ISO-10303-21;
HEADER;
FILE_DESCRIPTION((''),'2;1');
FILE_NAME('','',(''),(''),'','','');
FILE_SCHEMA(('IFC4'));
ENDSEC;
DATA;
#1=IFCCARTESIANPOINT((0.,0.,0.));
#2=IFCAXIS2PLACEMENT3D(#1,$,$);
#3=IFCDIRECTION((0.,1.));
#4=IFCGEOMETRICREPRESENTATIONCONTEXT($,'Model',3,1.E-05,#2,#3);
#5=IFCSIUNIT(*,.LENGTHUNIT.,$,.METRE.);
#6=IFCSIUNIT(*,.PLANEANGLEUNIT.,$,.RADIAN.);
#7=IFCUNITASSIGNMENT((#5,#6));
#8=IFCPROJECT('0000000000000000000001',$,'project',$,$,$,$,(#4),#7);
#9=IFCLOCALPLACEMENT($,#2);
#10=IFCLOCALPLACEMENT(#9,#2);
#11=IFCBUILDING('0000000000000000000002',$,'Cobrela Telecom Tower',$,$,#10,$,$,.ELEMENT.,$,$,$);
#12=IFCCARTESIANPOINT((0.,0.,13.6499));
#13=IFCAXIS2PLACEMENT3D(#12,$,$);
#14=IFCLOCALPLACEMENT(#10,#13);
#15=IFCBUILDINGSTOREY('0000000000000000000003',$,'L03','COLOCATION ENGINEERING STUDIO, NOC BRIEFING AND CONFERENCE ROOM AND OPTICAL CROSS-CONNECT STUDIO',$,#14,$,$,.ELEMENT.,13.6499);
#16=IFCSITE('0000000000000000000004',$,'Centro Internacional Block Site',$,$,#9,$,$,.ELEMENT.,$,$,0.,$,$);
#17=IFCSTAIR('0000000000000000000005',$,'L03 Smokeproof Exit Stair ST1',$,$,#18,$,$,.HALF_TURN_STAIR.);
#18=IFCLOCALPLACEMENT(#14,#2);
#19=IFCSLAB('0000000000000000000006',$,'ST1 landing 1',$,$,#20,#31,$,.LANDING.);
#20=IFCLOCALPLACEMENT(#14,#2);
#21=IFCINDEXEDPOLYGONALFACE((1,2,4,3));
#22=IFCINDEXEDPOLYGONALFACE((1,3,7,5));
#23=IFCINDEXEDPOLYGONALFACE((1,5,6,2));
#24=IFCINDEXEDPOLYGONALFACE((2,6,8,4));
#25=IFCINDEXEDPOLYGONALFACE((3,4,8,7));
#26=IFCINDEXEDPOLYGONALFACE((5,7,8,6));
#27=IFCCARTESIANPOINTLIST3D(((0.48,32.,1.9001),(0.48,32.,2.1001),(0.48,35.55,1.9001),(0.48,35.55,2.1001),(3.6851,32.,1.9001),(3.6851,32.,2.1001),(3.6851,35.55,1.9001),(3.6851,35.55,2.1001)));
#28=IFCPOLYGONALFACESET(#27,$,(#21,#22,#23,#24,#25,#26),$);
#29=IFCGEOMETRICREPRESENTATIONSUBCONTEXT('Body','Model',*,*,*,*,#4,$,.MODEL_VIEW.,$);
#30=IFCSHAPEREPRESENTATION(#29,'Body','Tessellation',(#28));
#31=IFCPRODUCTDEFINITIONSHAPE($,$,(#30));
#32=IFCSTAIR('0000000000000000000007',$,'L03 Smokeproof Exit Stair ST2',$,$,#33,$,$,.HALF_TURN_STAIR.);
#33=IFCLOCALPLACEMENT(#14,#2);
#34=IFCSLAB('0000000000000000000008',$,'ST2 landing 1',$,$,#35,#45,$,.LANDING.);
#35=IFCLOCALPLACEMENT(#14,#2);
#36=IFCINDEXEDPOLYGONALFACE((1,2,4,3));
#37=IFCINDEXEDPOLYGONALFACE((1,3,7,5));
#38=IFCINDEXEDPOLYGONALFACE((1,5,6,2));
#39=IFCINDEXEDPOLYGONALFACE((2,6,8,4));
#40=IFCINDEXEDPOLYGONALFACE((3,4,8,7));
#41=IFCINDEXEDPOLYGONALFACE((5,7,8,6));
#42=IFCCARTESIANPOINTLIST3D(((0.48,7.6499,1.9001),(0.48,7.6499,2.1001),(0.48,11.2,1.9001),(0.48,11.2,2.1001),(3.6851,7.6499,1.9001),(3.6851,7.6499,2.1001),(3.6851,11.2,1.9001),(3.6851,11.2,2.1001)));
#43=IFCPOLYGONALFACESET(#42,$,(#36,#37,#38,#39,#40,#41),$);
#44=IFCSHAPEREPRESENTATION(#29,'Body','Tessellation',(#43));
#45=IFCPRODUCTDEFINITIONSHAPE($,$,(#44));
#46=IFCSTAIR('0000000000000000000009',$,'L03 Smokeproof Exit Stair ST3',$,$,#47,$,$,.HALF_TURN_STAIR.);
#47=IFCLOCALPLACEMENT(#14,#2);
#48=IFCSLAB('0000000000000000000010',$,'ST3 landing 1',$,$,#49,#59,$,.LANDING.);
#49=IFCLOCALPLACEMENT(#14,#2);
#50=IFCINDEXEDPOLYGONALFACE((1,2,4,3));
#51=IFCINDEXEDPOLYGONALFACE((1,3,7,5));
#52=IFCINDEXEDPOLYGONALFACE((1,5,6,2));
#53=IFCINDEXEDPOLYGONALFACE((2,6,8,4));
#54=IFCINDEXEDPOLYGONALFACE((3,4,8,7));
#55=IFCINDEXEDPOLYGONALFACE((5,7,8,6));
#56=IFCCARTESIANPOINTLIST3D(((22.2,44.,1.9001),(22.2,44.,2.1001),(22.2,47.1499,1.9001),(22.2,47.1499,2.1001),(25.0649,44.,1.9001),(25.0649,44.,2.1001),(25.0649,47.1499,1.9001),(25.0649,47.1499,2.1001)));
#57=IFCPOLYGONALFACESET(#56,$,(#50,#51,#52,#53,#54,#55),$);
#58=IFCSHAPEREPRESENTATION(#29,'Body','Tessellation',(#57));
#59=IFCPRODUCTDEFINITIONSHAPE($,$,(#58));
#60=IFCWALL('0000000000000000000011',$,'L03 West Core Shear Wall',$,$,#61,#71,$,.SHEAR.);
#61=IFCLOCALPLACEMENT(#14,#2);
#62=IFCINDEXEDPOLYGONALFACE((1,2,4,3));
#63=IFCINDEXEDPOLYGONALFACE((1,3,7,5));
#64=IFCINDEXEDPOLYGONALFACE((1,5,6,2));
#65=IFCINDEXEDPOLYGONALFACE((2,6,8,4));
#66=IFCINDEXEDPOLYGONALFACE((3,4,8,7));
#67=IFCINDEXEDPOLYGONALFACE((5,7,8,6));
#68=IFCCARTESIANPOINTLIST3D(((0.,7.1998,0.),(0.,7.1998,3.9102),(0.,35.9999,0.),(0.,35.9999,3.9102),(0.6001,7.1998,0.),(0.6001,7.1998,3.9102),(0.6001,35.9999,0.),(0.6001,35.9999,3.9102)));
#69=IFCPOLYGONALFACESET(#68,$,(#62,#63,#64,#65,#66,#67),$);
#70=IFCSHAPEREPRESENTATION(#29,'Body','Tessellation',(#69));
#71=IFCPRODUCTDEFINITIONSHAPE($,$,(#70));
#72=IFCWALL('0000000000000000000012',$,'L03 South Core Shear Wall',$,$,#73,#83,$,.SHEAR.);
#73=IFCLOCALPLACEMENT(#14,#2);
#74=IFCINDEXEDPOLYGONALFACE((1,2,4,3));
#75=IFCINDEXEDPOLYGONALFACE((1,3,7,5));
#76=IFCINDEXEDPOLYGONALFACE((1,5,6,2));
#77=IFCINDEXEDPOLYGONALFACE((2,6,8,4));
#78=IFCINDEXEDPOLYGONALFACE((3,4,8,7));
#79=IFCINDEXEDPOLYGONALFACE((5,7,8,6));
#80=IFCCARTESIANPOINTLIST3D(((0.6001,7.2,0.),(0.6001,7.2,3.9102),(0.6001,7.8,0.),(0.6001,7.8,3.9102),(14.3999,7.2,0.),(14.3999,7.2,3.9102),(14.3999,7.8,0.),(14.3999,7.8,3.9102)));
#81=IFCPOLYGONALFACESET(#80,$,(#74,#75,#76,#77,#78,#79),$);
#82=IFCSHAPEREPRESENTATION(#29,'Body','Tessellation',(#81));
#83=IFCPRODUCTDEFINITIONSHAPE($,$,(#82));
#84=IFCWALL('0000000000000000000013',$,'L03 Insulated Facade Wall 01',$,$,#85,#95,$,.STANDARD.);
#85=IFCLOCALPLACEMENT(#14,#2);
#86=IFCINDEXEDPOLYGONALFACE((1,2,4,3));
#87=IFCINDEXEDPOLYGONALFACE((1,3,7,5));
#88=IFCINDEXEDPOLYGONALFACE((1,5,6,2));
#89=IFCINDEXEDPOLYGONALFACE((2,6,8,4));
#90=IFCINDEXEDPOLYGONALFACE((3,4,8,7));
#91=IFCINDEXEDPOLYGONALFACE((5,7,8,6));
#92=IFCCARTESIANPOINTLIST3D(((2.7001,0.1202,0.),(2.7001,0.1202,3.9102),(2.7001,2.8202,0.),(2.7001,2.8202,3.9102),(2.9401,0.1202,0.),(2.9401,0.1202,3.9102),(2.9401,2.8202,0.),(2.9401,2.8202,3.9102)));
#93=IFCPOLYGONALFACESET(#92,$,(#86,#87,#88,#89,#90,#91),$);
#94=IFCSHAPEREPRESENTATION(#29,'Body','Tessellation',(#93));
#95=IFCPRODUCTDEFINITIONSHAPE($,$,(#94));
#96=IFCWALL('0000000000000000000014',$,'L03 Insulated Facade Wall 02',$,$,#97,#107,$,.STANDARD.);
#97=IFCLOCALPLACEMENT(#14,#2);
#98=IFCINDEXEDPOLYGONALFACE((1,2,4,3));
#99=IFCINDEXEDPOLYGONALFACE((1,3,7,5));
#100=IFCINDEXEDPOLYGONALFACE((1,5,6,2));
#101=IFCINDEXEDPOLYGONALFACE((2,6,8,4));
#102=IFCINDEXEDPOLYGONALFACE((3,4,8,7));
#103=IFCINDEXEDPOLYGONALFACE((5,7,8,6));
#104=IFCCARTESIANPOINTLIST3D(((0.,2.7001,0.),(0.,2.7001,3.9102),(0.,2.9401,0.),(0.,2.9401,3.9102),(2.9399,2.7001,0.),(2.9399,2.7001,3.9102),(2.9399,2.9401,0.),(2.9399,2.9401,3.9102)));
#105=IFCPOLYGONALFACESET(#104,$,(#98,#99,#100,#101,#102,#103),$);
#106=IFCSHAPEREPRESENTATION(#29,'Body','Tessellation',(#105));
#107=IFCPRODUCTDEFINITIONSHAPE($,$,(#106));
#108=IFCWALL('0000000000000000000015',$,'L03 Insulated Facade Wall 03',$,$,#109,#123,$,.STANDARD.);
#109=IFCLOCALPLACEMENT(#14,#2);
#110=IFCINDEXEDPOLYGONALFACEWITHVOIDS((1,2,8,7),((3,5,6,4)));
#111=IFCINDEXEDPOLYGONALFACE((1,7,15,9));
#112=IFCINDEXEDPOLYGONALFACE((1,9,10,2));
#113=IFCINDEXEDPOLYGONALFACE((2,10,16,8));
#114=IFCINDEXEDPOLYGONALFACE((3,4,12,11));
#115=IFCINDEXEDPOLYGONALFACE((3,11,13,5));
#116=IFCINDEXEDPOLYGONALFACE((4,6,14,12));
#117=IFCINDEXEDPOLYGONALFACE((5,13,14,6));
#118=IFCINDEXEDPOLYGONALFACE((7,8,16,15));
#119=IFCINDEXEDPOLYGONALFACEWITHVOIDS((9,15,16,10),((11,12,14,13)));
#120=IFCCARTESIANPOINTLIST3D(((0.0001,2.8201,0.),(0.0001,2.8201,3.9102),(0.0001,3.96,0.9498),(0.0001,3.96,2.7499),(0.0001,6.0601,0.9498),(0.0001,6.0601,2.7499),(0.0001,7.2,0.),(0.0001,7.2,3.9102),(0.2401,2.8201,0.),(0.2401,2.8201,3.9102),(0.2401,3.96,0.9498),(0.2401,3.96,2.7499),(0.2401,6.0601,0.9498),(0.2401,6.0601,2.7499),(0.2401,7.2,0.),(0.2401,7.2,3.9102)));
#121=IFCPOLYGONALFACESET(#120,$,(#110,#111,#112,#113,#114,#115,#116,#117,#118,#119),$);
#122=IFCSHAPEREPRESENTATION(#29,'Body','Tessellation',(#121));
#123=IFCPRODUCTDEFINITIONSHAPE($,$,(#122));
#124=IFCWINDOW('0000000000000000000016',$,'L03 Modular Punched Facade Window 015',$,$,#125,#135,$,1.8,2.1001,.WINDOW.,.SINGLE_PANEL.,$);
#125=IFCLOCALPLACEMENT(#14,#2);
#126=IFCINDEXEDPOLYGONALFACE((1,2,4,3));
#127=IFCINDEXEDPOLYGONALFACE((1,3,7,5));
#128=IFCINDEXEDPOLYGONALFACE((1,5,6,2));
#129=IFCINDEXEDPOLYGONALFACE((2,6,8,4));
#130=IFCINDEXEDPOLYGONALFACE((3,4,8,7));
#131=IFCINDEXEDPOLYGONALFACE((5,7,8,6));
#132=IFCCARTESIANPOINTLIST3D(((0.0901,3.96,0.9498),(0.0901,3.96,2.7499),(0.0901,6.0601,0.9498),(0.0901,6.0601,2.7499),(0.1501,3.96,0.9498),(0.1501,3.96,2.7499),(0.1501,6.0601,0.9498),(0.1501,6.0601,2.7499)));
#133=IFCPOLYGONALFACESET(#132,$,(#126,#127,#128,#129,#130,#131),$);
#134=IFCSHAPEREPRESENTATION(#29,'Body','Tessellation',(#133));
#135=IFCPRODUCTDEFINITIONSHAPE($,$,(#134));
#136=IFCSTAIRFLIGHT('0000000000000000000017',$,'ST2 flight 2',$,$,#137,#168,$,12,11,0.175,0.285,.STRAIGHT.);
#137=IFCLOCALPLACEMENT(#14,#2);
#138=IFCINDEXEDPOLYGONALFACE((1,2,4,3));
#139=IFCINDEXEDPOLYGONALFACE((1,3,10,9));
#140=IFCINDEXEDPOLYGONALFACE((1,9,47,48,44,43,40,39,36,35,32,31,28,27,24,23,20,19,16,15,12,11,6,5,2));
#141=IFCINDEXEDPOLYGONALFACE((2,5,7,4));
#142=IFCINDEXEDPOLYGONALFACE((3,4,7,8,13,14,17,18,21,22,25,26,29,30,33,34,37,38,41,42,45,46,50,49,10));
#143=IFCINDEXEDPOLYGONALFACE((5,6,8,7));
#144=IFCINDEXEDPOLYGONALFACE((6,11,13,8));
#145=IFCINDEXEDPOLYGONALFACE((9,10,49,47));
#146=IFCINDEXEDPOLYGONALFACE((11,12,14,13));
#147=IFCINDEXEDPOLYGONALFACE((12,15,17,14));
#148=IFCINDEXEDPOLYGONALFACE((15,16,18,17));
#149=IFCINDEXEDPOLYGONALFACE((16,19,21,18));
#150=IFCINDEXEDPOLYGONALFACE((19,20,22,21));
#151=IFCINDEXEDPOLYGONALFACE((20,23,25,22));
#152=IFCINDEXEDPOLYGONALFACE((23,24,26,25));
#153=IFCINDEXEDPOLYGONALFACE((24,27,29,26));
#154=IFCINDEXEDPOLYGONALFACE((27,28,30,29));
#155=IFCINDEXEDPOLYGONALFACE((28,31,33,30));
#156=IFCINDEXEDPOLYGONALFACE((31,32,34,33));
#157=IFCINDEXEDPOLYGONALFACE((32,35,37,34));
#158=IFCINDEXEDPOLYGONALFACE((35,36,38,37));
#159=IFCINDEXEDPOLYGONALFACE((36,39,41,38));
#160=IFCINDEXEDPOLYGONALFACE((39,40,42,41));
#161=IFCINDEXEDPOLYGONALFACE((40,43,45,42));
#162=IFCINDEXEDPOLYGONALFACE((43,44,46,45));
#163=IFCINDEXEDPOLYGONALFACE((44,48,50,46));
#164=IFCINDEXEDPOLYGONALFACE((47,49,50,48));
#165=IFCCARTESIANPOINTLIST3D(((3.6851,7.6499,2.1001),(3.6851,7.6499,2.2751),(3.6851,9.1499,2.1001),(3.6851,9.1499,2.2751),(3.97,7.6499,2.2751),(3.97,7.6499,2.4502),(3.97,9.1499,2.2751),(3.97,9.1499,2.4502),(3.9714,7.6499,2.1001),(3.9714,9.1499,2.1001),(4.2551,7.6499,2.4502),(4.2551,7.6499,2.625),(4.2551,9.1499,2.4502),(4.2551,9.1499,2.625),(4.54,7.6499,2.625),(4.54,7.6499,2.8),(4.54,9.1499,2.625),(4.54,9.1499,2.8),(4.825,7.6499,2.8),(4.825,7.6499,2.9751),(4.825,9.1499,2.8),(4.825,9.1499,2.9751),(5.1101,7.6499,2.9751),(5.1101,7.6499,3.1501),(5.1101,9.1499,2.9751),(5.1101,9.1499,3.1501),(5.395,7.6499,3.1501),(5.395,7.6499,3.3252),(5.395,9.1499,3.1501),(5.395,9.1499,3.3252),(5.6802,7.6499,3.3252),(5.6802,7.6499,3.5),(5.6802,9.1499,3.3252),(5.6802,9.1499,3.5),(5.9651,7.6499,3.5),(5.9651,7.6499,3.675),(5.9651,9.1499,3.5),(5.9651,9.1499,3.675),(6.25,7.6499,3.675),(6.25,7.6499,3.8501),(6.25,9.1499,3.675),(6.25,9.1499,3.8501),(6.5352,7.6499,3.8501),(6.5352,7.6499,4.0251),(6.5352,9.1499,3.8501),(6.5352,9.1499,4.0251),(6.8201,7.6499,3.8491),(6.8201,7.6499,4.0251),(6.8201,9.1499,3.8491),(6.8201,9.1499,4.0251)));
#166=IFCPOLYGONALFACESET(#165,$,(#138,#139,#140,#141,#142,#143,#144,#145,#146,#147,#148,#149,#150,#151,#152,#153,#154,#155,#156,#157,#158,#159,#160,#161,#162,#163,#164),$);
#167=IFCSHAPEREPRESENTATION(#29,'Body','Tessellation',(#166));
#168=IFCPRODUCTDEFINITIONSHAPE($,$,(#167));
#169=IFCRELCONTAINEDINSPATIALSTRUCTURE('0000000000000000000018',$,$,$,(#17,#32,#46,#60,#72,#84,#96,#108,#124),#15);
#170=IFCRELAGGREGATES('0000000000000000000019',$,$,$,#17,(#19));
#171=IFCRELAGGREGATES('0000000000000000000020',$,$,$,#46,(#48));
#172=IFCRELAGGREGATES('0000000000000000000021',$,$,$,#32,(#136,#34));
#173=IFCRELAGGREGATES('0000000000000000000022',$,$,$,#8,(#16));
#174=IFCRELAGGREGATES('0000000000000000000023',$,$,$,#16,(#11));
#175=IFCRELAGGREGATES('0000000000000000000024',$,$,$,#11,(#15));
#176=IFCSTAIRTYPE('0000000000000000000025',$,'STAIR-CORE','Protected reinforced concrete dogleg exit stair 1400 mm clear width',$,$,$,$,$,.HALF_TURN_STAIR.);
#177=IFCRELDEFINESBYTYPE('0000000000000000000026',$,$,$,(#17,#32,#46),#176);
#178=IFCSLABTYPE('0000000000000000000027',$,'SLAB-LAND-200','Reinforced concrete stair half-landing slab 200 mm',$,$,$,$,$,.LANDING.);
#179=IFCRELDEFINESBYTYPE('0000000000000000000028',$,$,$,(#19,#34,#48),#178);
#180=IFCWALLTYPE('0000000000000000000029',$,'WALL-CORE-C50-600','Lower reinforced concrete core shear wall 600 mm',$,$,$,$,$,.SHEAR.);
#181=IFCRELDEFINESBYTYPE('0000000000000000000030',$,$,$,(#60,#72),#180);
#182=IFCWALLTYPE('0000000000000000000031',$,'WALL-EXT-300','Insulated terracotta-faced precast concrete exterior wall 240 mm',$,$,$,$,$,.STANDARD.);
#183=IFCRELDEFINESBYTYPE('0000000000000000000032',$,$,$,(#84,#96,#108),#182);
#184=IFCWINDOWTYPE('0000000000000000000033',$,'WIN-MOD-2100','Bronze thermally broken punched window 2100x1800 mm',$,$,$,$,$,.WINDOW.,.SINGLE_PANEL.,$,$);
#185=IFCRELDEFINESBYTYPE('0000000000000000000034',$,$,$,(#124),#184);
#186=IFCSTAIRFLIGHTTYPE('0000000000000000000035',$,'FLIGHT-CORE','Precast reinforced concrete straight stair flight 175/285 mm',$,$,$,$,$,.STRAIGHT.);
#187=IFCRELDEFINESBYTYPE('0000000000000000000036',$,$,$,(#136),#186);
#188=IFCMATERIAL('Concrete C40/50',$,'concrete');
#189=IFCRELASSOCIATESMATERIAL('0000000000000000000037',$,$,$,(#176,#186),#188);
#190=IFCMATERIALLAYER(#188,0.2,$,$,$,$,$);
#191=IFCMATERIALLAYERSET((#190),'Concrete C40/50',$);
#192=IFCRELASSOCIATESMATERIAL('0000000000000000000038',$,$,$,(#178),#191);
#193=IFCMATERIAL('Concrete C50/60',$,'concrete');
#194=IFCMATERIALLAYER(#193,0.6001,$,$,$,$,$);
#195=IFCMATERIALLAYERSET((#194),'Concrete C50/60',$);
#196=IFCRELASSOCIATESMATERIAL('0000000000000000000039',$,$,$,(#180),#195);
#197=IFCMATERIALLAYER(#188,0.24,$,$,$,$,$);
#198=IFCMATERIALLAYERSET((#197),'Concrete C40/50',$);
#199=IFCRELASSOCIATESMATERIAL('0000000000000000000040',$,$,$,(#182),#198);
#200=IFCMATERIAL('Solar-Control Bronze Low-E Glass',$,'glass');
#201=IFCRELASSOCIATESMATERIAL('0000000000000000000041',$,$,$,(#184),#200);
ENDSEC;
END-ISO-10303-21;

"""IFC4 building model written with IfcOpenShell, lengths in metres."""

from ifc_helpers import new_model, si_unit, direction, frame, frame_2d, origin, place, context, subcontext, project, spatial, polyline, rectangle, outline, extrude, material, layer, layer_set, type_object, element, fill, aggregate, save


model = new_model("IFC4")

# Units and contexts
model_context = context("Model", 3, precision=1e-05, world=origin(), true_north=direction((0.0, 1.0)))
body_context = subcontext(model_context, "Body", "Model", "MODEL_VIEW")
ifc_project = project(units=[si_unit("LENGTHUNIT", "METRE"), si_unit("PLANEANGLEUNIT", "RADIAN")], contexts=[model_context])

# Site, building, storey
site_placement = place(None, origin())
site = spatial("IfcSite", under=ifc_project, at=site_placement, Name="Centro Internacional Block Site", CompositionType="ELEMENT", RefElevation=0.0)
building_placement = place(site_placement, origin())
building = spatial("IfcBuilding", under=site, at=building_placement, Name="Cobrela Telecom Tower", CompositionType="ELEMENT")
storey_placement = place(building_placement, frame((0.0, 0.0, 13.6499)))
storey = spatial("IfcBuildingStorey", under=building, at=storey_placement, Name="L03", Description="COLOCATION ENGINEERING STUDIO, NOC BRIEFING AND CONFERENCE ROOM AND OPTICAL CROSS-CONNECT STUDIO", CompositionType="ELEMENT", Elevation=13.6499)

# Shared definitions
ifc_material_1 = material(Name="Solar-Control Bronze Low-E Glass", Category="glass")

# Shared definitions
ifc_material_2 = material(Name="Concrete C40/50", Category="concrete")

# Stairs, slabs
stair_type = type_object("IfcStairType", Name="STAIR-CORE", Description="Protected reinforced concrete dogleg exit stair 1400 mm clear width", PredefinedType="HALF_TURN_STAIR", material=ifc_material_2)
stair_1_placement = place(storey_placement, origin())
stair_1 = element("IfcStair", 1, at=stair_1_placement, inside=storey, type_object=stair_type, Name="L03 Smokeproof Exit Stair ST1", PredefinedType="HALF_TURN_STAIR")
ifc_layer_1 = layer(ifc_material_2, 0.2)
ifc_layer_set_1 = layer_set([ifc_layer_1], Name="Concrete C40/50")
slab_type_1 = type_object("IfcSlabType", Name="SLAB-LAND-200", Description="Reinforced concrete stair half-landing slab 200 mm", PredefinedType="LANDING", material=ifc_layer_set_1)
slab_1_placement = place(storey_placement, frame((0.0, 0.0, 1.9001)))
slab_1 = element("IfcSlab", 2, at=slab_1_placement, type_object=slab_type_1, Name="ST1 landing 1", PredefinedType="LANDING", context=body_context, shape_type="SweptSolid", body=[
    extrude(outline(polyline([(3.6851, 35.55), (0.48, 35.55), (0.48, 32.0), (3.6851, 32.0), (3.6851, 35.55)])), origin(), (0.0, 0.0, 1.0), 0.2),
])
aggregate(stair_1, [slab_1])
stair_2_placement = place(storey_placement, origin())
stair_2 = element("IfcStair", 3, at=stair_2_placement, inside=storey, type_object=stair_type, Name="L03 Smokeproof Exit Stair ST2", PredefinedType="HALF_TURN_STAIR")
slab_2_placement = place(storey_placement, frame((0.0, 0.0, 1.9001)))
slab_2 = element("IfcSlab", 4, at=slab_2_placement, type_object=slab_type_1, Name="ST2 landing 1", PredefinedType="LANDING", context=body_context, shape_type="SweptSolid", body=[
    extrude(outline(polyline([(3.6851, 11.2), (0.48, 11.2), (0.48, 7.6499), (3.6851, 7.6499), (3.6851, 11.2)])), origin(), (0.0, 0.0, 1.0), 0.2),
])
stair_3_placement = place(storey_placement, origin())
stair_3 = element("IfcStair", 5, at=stair_3_placement, inside=storey, type_object=stair_type, Name="L03 Smokeproof Exit Stair ST3", PredefinedType="HALF_TURN_STAIR")
slab_3_placement = place(storey_placement, frame((0.0, 0.0, 1.9001)))
slab_3 = element("IfcSlab", 6, at=slab_3_placement, type_object=slab_type_1, Name="ST3 landing 1", PredefinedType="LANDING", context=body_context, shape_type="SweptSolid", body=[
    extrude(outline(polyline([(25.0649, 47.1499), (22.2, 47.1499), (22.2, 44.0), (25.0649, 44.0), (25.0649, 47.1499)])), origin(), (0.0, 0.0, 1.0), 0.2),
])
aggregate(stair_3, [slab_3])

# Walls
ifc_material_3 = material(Name="Concrete C50/60", Category="concrete")
ifc_layer_2 = layer(ifc_material_3, 0.6001)
ifc_layer_set_2 = layer_set([ifc_layer_2], Name="Concrete C50/60")
wall_type_1 = type_object("IfcWallType", Name="WALL-CORE-C50-600", Description="Lower reinforced concrete core shear wall 600 mm", PredefinedType="SHEAR", material=ifc_layer_set_2)
wall_1_placement = place(storey_placement, frame((0.3, 7.2, 0.0), z_axis=(0.0, 0.0, 1.0), x_axis=(0.0, 1.0, 0.0)))
element("IfcWall", 7, at=wall_1_placement, inside=storey, type_object=wall_type_1, Name="L03 West Core Shear Wall", PredefinedType="SHEAR", context=body_context, shape_type="SweptSolid", body=[
    extrude(rectangle(XDim=28.8, YDim=0.6001, at=frame_2d((14.3999, 0.0))), origin(), (0.0, 0.0, 1.0), 3.9102),
])
wall_2_placement = place(storey_placement, frame((0.6001, 7.5, 0.0), z_axis=(0.0, 0.0, 1.0), x_axis=(1.0, 0.0, 0.0)))
element("IfcWall", 8, at=wall_2_placement, inside=storey, type_object=wall_type_1, Name="L03 South Core Shear Wall", PredefinedType="SHEAR", context=body_context, shape_type="SweptSolid", body=[
    extrude(rectangle(XDim=13.7998, YDim=0.6001, at=frame_2d((6.8999, 0.0))), origin(), (0.0, 0.0, 1.0), 3.9102),
])
ifc_layer_3 = layer(ifc_material_2, 0.24)
ifc_layer_set_3 = layer_set([ifc_layer_3], Name="Concrete C40/50")
wall_type_2 = type_object("IfcWallType", Name="WALL-EXT-300", Description="Insulated terracotta-faced precast concrete exterior wall 240 mm", PredefinedType="STANDARD", material=ifc_layer_set_3)
wall_3_placement = place(storey_placement, frame((2.8201, 0.1201, 0.0), z_axis=(0.0, 0.0, 1.0), x_axis=(0.0, 1.0, 0.0)))
element("IfcWall", 9, at=wall_3_placement, inside=storey, type_object=wall_type_2, Name="L03 Insulated Facade Wall 01", PredefinedType="STANDARD", context=body_context, shape_type="SweptSolid", body=[
    extrude(rectangle(XDim=2.7, YDim=0.24, at=frame_2d((1.3501, 0.0))), origin(), (0.0, 0.0, 1.0), 3.9102),
])
wall_4_placement = place(storey_placement, frame((2.9399, 2.8201, 0.0), z_axis=(0.0, 0.0, 1.0), x_axis=(-1.0, 0.0, 0.0)))
element("IfcWall", 10, at=wall_4_placement, inside=storey, type_object=wall_type_2, Name="L03 Insulated Facade Wall 02", PredefinedType="STANDARD", context=body_context, shape_type="SweptSolid", body=[
    extrude(rectangle(XDim=2.9399, YDim=0.24, at=frame_2d((1.47, 0.0))), origin(), (0.0, 0.0, 1.0), 3.9102),
])

# Wall, opening, window
wall_5_placement = place(storey_placement, frame((0.1201, 2.8201, 0.0), z_axis=(0.0, 0.0, 1.0), x_axis=(0.0, 1.0, 0.0)))
wall_5 = element("IfcWall", 11, at=wall_5_placement, inside=storey, type_object=wall_type_2, Name="L03 Insulated Facade Wall 03", PredefinedType="STANDARD", context=body_context, shape_type="SweptSolid", body=[
    extrude(rectangle(XDim=4.3799, YDim=0.24, at=frame_2d((2.1899, 0.0))), origin(), (0.0, 0.0, 1.0), 3.9102),
])
opening_1_placement = place(wall_5_placement, frame((1.1399, 0.0, 0.95)))
opening_1 = element("IfcOpeningElement", 12, at=opening_1_placement, cuts=wall_5, PredefinedType="OPENING", context=body_context, shape_type="SweptSolid", body=[
    extrude(rectangle(XDim=2.1001, YDim=1.8, at=frame_2d((1.05, 0.8999))), frame((0.0, 0.1318, 0.0), z_axis=(0.0, -1.0, 0.0), x_axis=(1.0, 0.0, 0.0)), (0.0, 0.0, 1.0), 0.2639),
])
window_type = type_object("IfcWindowType", Name="WIN-MOD-2100", Description="Bronze thermally broken punched window 2100x1800 mm", PartitioningType="SINGLE_PANEL", PredefinedType="WINDOW", material=ifc_material_1)
window_placement = place(opening_1_placement, origin())
window = element("IfcWindow", 13, at=window_placement, inside=storey, type_object=window_type, Name="L03 Modular Punched Facade Window 015", OverallHeight=1.8, OverallWidth=2.1001, PartitioningType="SINGLE_PANEL", PredefinedType="WINDOW", context=body_context, shape_type="SweptSolid", body=[
    extrude(rectangle(XDim=2.1001, YDim=1.8, at=frame_2d((1.05, 0.8999))), frame((0.0, 0.03, 0.0), z_axis=(0.0, -1.0, 0.0), x_axis=(1.0, 0.0, 0.0)), (0.0, 0.0, 1.0), 0.0601),
])
fill(opening_1, window)

# Stair flight
stair_flight_type = type_object("IfcStairFlightType", Name="FLIGHT-CORE", Description="Precast reinforced concrete straight stair flight 175/285 mm", PredefinedType="STRAIGHT", material=ifc_material_2)
stair_flight_placement = place(storey_placement, frame((3.6851, 8.3999, 2.1001), z_axis=(0.0, 0.0, 1.0), x_axis=(1.0, 0.0, 0.0)))
stair_flight = element("IfcStairFlight", 14, at=stair_flight_placement, type_object=stair_flight_type, Name="ST2 flight 2", NumberOfRisers=12, NumberOfTreads=11, PredefinedType="STRAIGHT", RiserHeight=0.175, TreadLength=0.285, context=body_context, shape_type="SweptSolid", body=[
    extrude(outline(polyline([(0.0, 0.0), (0.0, 0.175), (0.2849, 0.175), (0.2849, 0.3501), (0.5701, 0.3501), (0.5701, 0.5249), (0.855, 0.5249), (0.855, 0.7), (1.1399, 0.7), (1.1399, 0.875), (1.425, 0.875), (1.425, 1.05), (1.71, 1.05), (1.71, 1.2251), (1.9951, 1.2251), (1.9951, 1.3999), (2.28, 1.3999), (2.28, 1.575), (2.5649, 1.575), (2.5649, 1.75), (2.8501, 1.75), (2.8501, 1.925), (3.135, 1.925), (3.135, 2.1001), (3.135, 1.749), (0.2864, 0.0), (0.0, 0.0)])), frame((0.0, 0.75, 0.0), z_axis=(0.0, -1.0, 0.0), x_axis=(1.0, 0.0, 0.0)), (0.0, 0.0, 1.0), 1.5),
])
aggregate(stair_2, [stair_flight, slab_2])

save(model, "model.ifc")
